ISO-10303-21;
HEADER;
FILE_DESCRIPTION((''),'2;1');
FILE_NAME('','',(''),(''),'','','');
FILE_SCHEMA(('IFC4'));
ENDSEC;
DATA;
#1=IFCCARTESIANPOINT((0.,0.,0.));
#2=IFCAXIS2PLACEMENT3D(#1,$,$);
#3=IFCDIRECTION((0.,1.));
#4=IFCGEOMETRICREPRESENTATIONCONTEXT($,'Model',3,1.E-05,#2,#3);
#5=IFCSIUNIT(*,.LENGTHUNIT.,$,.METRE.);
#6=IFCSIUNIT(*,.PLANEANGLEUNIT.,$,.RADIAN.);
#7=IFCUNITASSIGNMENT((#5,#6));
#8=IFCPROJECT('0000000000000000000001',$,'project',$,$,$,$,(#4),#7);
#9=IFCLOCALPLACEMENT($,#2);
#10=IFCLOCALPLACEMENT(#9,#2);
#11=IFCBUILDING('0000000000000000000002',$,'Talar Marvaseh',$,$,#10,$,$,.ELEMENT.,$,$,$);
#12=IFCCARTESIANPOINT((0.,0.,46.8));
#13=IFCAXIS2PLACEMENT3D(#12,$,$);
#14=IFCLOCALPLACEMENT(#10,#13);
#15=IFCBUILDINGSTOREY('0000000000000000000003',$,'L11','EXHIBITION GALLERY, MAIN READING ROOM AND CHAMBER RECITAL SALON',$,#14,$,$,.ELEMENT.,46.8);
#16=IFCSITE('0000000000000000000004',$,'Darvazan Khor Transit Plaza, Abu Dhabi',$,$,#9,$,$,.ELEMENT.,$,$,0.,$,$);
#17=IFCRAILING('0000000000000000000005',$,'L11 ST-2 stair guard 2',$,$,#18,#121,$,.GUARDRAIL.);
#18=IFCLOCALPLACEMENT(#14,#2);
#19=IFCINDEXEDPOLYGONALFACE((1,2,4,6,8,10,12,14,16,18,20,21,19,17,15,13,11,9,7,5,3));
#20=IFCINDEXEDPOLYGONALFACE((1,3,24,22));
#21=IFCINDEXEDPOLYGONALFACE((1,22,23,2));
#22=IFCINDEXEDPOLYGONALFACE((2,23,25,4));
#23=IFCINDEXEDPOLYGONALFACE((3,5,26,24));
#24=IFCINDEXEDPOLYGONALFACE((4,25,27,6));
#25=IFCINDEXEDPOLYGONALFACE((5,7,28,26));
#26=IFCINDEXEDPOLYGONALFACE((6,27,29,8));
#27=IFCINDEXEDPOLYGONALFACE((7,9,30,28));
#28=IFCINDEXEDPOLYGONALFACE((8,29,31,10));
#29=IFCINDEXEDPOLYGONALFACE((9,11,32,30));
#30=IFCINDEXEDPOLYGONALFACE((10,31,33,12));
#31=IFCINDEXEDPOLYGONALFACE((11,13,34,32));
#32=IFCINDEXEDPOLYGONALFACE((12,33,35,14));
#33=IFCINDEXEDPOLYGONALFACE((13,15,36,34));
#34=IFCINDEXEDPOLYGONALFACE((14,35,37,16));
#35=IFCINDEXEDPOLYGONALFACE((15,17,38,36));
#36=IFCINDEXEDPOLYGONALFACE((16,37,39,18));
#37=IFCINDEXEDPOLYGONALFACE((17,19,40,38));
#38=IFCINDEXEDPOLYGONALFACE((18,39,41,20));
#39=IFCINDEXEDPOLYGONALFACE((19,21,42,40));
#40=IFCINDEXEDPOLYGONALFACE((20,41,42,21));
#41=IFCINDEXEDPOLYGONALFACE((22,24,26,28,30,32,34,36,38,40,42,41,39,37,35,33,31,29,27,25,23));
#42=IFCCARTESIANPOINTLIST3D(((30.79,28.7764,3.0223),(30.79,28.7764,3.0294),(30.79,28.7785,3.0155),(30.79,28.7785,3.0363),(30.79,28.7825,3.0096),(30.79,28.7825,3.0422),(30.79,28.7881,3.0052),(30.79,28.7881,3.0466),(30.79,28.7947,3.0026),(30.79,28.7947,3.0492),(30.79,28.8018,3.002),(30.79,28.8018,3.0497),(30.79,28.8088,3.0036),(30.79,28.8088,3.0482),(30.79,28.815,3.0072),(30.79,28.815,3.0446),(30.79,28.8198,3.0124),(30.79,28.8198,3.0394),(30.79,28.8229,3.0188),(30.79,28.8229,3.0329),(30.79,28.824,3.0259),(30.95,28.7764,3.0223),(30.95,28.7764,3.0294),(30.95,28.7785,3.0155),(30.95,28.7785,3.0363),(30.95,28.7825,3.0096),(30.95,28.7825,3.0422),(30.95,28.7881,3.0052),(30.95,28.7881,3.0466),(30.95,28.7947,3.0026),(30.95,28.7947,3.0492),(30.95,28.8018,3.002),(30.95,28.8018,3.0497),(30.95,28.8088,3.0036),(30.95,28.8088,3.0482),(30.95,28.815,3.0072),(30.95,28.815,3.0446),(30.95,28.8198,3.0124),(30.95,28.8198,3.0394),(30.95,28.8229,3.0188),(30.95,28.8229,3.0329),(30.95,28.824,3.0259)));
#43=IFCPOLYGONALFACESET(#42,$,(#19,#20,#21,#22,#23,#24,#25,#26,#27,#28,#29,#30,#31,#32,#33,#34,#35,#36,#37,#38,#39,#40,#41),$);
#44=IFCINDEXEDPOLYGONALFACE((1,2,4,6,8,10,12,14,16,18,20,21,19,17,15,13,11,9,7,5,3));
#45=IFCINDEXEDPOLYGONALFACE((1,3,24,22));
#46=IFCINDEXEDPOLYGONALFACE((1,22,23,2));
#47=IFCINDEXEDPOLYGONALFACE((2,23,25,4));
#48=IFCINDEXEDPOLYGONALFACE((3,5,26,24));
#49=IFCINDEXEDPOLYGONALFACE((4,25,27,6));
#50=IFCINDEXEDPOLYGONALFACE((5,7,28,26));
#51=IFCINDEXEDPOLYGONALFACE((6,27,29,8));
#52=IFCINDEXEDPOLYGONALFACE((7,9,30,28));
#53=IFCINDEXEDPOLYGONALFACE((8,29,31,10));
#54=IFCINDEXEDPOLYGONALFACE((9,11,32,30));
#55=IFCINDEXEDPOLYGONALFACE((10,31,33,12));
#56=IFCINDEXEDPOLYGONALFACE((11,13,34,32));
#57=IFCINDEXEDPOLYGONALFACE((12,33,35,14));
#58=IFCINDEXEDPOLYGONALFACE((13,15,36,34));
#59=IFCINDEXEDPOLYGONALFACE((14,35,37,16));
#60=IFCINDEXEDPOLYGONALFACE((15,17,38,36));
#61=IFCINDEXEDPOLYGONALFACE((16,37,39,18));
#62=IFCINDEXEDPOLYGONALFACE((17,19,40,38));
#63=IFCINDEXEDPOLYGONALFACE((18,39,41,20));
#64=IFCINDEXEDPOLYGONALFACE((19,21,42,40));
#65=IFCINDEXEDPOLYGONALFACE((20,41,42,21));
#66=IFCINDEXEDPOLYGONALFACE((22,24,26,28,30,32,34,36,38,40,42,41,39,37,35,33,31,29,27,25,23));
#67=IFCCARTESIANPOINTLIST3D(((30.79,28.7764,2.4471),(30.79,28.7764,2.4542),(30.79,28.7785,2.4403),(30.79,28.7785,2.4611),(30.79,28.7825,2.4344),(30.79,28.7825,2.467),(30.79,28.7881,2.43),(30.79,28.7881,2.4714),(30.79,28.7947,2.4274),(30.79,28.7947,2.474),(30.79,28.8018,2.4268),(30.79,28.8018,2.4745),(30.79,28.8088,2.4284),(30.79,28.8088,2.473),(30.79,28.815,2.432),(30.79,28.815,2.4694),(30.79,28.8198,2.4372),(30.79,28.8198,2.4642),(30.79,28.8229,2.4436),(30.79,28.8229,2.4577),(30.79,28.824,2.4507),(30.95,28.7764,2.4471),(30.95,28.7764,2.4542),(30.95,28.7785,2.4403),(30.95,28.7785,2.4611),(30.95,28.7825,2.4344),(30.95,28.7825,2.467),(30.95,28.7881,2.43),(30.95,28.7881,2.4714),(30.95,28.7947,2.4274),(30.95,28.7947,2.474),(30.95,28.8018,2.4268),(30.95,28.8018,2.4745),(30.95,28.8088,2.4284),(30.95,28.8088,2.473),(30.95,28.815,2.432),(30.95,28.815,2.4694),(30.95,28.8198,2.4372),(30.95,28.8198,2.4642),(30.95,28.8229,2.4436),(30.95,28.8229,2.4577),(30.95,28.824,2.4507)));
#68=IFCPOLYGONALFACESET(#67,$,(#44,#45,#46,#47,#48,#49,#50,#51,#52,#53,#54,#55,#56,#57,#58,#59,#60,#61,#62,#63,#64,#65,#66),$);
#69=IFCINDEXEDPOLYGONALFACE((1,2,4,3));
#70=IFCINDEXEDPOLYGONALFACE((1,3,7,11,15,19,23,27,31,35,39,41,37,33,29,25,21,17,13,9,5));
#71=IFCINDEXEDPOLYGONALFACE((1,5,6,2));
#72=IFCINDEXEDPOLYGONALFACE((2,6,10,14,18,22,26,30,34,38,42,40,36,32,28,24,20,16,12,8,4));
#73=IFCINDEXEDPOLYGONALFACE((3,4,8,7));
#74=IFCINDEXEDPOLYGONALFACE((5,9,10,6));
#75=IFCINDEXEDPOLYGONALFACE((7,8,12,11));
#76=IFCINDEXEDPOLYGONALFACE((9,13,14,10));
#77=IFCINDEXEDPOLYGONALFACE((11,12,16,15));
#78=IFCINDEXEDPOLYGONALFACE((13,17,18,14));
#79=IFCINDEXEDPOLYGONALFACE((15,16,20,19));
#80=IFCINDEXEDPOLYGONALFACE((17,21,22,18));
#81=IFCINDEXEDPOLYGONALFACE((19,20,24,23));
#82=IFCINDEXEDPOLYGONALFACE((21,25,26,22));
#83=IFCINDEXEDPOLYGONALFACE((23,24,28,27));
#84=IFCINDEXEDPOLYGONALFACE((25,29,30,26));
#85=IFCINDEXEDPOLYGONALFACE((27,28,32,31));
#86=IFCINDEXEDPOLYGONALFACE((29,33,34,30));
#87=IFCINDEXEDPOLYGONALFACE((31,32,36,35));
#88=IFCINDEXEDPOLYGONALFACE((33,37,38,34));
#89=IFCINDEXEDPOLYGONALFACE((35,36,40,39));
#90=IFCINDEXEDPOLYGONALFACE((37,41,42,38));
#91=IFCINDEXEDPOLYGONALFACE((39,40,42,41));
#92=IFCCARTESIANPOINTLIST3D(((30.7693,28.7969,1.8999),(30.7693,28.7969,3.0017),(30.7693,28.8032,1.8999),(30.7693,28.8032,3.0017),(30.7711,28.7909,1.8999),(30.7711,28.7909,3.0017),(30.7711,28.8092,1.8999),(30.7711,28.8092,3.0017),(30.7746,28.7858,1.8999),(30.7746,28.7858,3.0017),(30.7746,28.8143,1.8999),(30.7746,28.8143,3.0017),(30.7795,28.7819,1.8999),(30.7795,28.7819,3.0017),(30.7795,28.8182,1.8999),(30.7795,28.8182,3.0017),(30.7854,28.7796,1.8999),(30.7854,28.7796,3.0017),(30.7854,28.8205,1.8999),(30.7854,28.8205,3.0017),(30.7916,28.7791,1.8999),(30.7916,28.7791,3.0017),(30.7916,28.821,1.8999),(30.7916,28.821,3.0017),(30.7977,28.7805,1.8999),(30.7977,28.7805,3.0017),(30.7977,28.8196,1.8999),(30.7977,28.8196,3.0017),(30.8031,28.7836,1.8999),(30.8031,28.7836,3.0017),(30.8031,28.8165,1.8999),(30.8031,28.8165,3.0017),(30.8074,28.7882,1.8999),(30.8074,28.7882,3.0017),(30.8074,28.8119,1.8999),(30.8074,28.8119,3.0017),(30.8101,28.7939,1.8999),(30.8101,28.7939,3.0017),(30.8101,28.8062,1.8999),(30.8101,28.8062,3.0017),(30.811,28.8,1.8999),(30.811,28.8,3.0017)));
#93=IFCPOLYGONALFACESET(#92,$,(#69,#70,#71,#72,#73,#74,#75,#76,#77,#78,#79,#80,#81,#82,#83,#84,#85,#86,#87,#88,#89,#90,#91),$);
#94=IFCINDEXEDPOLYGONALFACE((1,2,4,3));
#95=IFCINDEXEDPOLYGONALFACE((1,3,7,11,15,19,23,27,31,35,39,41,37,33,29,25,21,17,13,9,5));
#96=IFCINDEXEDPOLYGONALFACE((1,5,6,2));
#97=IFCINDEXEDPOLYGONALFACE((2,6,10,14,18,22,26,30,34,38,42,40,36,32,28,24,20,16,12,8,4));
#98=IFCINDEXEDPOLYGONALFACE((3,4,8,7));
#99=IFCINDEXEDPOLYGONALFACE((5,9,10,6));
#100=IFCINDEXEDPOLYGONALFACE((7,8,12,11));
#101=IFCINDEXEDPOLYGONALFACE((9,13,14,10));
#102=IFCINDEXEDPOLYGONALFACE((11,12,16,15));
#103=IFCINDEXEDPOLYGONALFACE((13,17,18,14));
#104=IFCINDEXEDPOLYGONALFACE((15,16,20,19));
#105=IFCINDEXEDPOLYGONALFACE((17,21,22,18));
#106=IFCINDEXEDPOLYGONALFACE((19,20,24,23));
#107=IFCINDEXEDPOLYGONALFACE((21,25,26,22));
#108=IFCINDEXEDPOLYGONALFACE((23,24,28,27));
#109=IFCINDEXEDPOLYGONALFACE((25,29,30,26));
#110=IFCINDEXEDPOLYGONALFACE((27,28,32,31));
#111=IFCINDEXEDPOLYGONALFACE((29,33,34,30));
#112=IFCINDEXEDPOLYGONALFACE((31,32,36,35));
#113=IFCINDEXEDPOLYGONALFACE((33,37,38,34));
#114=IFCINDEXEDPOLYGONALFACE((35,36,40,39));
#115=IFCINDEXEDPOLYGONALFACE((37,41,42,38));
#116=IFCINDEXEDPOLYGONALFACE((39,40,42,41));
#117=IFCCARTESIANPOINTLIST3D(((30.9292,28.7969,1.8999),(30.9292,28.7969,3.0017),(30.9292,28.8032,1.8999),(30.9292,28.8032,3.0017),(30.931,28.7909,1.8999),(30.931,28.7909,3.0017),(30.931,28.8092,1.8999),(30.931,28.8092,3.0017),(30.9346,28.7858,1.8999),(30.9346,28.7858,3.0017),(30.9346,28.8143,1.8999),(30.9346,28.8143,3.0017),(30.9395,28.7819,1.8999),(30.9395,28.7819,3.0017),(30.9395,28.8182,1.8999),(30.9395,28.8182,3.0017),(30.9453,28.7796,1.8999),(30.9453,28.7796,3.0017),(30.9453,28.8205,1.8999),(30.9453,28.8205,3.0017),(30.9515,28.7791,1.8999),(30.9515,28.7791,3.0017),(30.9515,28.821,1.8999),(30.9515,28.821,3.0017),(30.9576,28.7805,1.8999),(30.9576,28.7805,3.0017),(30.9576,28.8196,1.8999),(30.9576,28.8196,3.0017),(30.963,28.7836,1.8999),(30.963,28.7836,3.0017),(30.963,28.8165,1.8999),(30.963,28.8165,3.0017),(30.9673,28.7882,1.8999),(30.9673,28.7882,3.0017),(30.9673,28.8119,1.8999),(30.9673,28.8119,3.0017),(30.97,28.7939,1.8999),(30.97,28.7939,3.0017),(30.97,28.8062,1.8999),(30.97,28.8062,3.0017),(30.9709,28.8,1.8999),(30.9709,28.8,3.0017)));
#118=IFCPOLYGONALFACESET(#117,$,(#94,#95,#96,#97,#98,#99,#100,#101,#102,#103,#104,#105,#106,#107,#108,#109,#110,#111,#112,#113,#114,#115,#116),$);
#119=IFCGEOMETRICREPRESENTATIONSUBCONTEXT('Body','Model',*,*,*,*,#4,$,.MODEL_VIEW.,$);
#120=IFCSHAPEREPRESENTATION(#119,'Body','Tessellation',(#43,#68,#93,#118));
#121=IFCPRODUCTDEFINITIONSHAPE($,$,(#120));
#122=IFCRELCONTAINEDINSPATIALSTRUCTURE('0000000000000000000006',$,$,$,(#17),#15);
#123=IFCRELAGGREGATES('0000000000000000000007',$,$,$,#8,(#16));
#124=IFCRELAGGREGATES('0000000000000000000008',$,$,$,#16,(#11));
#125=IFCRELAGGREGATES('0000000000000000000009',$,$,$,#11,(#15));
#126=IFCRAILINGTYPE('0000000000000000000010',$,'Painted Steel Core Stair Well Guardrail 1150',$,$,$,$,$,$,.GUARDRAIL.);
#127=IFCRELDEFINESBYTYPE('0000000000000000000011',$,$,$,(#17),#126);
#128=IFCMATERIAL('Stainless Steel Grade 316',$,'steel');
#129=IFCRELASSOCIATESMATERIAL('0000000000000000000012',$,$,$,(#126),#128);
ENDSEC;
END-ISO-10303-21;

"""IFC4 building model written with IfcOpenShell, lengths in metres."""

from ifc_helpers import new_model, si_unit, direction, frame, origin, origin_2d, place, context, subcontext, project, spatial, circle, extrude, material, type_object, element, save


model = new_model("IFC4")

# Units and contexts
model_context = context("Model", 3, precision=1e-05, world=origin(), true_north=direction((0.0, 1.0)))
body_context = subcontext(model_context, "Body", "Model", "MODEL_VIEW")
ifc_project = project(units=[si_unit("LENGTHUNIT", "METRE"), si_unit("PLANEANGLEUNIT", "RADIAN")], contexts=[model_context])

# Site, building, storey
site_placement = place(None, origin())
site = spatial("IfcSite", under=ifc_project, at=site_placement, Name="Darvazan Khor Transit Plaza, Abu Dhabi", CompositionType="ELEMENT", RefElevation=0.0)
building_placement = place(site_placement, origin())
building = spatial("IfcBuilding", under=site, at=building_placement, Name="Talar Marvaseh", CompositionType="ELEMENT")
storey_placement = place(building_placement, frame((0.0, 0.0, 46.8)))
storey = spatial("IfcBuildingStorey", under=building, at=storey_placement, Name="L11", Description="EXHIBITION GALLERY, MAIN READING ROOM AND CHAMBER RECITAL SALON", CompositionType="ELEMENT", Elevation=46.8)

# Railing
ifc_material_1 = material(Name="Stainless Steel Grade 316", Category="steel")
railing_type_1 = type_object("IfcRailingType", Name="Painted Steel Core Stair Well Guardrail 1150", PredefinedType="GUARDRAIL", material=ifc_material_1)
railing_1_placement = place(storey_placement, frame((30.79, 28.8, 1.8999)))
element("IfcRailing", 1, at=railing_1_placement, inside=storey, type_object=railing_type_1, Name="L11 ST-2 stair guard 2", PredefinedType="GUARDRAIL", context=body_context, shape_type="SweptSolid", body=[
    extrude(circle(Radius=0.0239, at=origin_2d()), frame((0.0, 0.0, 1.126), z_axis=(1.0, 0.0, 0.0), x_axis=(0.0, 1.0, 0.0)), (0.0, 0.0, 1.0), 0.1599),
    extrude(circle(Radius=0.0239, at=origin_2d()), frame((0.0, 0.0, 0.5508), z_axis=(1.0, 0.0, 0.0), x_axis=(0.0, 1.0, 0.0)), (0.0, 0.0, 1.0), 0.1599),
    extrude(circle(Radius=0.021, at=origin_2d()), origin(), (0.0, 0.0, 1.0), 1.1018),
    extrude(circle(Radius=0.021, at=origin_2d()), frame((0.1599, 0.0, 0.0)), (0.0, 0.0, 1.0), 1.1018),
])

save(model, "model.ifc")
